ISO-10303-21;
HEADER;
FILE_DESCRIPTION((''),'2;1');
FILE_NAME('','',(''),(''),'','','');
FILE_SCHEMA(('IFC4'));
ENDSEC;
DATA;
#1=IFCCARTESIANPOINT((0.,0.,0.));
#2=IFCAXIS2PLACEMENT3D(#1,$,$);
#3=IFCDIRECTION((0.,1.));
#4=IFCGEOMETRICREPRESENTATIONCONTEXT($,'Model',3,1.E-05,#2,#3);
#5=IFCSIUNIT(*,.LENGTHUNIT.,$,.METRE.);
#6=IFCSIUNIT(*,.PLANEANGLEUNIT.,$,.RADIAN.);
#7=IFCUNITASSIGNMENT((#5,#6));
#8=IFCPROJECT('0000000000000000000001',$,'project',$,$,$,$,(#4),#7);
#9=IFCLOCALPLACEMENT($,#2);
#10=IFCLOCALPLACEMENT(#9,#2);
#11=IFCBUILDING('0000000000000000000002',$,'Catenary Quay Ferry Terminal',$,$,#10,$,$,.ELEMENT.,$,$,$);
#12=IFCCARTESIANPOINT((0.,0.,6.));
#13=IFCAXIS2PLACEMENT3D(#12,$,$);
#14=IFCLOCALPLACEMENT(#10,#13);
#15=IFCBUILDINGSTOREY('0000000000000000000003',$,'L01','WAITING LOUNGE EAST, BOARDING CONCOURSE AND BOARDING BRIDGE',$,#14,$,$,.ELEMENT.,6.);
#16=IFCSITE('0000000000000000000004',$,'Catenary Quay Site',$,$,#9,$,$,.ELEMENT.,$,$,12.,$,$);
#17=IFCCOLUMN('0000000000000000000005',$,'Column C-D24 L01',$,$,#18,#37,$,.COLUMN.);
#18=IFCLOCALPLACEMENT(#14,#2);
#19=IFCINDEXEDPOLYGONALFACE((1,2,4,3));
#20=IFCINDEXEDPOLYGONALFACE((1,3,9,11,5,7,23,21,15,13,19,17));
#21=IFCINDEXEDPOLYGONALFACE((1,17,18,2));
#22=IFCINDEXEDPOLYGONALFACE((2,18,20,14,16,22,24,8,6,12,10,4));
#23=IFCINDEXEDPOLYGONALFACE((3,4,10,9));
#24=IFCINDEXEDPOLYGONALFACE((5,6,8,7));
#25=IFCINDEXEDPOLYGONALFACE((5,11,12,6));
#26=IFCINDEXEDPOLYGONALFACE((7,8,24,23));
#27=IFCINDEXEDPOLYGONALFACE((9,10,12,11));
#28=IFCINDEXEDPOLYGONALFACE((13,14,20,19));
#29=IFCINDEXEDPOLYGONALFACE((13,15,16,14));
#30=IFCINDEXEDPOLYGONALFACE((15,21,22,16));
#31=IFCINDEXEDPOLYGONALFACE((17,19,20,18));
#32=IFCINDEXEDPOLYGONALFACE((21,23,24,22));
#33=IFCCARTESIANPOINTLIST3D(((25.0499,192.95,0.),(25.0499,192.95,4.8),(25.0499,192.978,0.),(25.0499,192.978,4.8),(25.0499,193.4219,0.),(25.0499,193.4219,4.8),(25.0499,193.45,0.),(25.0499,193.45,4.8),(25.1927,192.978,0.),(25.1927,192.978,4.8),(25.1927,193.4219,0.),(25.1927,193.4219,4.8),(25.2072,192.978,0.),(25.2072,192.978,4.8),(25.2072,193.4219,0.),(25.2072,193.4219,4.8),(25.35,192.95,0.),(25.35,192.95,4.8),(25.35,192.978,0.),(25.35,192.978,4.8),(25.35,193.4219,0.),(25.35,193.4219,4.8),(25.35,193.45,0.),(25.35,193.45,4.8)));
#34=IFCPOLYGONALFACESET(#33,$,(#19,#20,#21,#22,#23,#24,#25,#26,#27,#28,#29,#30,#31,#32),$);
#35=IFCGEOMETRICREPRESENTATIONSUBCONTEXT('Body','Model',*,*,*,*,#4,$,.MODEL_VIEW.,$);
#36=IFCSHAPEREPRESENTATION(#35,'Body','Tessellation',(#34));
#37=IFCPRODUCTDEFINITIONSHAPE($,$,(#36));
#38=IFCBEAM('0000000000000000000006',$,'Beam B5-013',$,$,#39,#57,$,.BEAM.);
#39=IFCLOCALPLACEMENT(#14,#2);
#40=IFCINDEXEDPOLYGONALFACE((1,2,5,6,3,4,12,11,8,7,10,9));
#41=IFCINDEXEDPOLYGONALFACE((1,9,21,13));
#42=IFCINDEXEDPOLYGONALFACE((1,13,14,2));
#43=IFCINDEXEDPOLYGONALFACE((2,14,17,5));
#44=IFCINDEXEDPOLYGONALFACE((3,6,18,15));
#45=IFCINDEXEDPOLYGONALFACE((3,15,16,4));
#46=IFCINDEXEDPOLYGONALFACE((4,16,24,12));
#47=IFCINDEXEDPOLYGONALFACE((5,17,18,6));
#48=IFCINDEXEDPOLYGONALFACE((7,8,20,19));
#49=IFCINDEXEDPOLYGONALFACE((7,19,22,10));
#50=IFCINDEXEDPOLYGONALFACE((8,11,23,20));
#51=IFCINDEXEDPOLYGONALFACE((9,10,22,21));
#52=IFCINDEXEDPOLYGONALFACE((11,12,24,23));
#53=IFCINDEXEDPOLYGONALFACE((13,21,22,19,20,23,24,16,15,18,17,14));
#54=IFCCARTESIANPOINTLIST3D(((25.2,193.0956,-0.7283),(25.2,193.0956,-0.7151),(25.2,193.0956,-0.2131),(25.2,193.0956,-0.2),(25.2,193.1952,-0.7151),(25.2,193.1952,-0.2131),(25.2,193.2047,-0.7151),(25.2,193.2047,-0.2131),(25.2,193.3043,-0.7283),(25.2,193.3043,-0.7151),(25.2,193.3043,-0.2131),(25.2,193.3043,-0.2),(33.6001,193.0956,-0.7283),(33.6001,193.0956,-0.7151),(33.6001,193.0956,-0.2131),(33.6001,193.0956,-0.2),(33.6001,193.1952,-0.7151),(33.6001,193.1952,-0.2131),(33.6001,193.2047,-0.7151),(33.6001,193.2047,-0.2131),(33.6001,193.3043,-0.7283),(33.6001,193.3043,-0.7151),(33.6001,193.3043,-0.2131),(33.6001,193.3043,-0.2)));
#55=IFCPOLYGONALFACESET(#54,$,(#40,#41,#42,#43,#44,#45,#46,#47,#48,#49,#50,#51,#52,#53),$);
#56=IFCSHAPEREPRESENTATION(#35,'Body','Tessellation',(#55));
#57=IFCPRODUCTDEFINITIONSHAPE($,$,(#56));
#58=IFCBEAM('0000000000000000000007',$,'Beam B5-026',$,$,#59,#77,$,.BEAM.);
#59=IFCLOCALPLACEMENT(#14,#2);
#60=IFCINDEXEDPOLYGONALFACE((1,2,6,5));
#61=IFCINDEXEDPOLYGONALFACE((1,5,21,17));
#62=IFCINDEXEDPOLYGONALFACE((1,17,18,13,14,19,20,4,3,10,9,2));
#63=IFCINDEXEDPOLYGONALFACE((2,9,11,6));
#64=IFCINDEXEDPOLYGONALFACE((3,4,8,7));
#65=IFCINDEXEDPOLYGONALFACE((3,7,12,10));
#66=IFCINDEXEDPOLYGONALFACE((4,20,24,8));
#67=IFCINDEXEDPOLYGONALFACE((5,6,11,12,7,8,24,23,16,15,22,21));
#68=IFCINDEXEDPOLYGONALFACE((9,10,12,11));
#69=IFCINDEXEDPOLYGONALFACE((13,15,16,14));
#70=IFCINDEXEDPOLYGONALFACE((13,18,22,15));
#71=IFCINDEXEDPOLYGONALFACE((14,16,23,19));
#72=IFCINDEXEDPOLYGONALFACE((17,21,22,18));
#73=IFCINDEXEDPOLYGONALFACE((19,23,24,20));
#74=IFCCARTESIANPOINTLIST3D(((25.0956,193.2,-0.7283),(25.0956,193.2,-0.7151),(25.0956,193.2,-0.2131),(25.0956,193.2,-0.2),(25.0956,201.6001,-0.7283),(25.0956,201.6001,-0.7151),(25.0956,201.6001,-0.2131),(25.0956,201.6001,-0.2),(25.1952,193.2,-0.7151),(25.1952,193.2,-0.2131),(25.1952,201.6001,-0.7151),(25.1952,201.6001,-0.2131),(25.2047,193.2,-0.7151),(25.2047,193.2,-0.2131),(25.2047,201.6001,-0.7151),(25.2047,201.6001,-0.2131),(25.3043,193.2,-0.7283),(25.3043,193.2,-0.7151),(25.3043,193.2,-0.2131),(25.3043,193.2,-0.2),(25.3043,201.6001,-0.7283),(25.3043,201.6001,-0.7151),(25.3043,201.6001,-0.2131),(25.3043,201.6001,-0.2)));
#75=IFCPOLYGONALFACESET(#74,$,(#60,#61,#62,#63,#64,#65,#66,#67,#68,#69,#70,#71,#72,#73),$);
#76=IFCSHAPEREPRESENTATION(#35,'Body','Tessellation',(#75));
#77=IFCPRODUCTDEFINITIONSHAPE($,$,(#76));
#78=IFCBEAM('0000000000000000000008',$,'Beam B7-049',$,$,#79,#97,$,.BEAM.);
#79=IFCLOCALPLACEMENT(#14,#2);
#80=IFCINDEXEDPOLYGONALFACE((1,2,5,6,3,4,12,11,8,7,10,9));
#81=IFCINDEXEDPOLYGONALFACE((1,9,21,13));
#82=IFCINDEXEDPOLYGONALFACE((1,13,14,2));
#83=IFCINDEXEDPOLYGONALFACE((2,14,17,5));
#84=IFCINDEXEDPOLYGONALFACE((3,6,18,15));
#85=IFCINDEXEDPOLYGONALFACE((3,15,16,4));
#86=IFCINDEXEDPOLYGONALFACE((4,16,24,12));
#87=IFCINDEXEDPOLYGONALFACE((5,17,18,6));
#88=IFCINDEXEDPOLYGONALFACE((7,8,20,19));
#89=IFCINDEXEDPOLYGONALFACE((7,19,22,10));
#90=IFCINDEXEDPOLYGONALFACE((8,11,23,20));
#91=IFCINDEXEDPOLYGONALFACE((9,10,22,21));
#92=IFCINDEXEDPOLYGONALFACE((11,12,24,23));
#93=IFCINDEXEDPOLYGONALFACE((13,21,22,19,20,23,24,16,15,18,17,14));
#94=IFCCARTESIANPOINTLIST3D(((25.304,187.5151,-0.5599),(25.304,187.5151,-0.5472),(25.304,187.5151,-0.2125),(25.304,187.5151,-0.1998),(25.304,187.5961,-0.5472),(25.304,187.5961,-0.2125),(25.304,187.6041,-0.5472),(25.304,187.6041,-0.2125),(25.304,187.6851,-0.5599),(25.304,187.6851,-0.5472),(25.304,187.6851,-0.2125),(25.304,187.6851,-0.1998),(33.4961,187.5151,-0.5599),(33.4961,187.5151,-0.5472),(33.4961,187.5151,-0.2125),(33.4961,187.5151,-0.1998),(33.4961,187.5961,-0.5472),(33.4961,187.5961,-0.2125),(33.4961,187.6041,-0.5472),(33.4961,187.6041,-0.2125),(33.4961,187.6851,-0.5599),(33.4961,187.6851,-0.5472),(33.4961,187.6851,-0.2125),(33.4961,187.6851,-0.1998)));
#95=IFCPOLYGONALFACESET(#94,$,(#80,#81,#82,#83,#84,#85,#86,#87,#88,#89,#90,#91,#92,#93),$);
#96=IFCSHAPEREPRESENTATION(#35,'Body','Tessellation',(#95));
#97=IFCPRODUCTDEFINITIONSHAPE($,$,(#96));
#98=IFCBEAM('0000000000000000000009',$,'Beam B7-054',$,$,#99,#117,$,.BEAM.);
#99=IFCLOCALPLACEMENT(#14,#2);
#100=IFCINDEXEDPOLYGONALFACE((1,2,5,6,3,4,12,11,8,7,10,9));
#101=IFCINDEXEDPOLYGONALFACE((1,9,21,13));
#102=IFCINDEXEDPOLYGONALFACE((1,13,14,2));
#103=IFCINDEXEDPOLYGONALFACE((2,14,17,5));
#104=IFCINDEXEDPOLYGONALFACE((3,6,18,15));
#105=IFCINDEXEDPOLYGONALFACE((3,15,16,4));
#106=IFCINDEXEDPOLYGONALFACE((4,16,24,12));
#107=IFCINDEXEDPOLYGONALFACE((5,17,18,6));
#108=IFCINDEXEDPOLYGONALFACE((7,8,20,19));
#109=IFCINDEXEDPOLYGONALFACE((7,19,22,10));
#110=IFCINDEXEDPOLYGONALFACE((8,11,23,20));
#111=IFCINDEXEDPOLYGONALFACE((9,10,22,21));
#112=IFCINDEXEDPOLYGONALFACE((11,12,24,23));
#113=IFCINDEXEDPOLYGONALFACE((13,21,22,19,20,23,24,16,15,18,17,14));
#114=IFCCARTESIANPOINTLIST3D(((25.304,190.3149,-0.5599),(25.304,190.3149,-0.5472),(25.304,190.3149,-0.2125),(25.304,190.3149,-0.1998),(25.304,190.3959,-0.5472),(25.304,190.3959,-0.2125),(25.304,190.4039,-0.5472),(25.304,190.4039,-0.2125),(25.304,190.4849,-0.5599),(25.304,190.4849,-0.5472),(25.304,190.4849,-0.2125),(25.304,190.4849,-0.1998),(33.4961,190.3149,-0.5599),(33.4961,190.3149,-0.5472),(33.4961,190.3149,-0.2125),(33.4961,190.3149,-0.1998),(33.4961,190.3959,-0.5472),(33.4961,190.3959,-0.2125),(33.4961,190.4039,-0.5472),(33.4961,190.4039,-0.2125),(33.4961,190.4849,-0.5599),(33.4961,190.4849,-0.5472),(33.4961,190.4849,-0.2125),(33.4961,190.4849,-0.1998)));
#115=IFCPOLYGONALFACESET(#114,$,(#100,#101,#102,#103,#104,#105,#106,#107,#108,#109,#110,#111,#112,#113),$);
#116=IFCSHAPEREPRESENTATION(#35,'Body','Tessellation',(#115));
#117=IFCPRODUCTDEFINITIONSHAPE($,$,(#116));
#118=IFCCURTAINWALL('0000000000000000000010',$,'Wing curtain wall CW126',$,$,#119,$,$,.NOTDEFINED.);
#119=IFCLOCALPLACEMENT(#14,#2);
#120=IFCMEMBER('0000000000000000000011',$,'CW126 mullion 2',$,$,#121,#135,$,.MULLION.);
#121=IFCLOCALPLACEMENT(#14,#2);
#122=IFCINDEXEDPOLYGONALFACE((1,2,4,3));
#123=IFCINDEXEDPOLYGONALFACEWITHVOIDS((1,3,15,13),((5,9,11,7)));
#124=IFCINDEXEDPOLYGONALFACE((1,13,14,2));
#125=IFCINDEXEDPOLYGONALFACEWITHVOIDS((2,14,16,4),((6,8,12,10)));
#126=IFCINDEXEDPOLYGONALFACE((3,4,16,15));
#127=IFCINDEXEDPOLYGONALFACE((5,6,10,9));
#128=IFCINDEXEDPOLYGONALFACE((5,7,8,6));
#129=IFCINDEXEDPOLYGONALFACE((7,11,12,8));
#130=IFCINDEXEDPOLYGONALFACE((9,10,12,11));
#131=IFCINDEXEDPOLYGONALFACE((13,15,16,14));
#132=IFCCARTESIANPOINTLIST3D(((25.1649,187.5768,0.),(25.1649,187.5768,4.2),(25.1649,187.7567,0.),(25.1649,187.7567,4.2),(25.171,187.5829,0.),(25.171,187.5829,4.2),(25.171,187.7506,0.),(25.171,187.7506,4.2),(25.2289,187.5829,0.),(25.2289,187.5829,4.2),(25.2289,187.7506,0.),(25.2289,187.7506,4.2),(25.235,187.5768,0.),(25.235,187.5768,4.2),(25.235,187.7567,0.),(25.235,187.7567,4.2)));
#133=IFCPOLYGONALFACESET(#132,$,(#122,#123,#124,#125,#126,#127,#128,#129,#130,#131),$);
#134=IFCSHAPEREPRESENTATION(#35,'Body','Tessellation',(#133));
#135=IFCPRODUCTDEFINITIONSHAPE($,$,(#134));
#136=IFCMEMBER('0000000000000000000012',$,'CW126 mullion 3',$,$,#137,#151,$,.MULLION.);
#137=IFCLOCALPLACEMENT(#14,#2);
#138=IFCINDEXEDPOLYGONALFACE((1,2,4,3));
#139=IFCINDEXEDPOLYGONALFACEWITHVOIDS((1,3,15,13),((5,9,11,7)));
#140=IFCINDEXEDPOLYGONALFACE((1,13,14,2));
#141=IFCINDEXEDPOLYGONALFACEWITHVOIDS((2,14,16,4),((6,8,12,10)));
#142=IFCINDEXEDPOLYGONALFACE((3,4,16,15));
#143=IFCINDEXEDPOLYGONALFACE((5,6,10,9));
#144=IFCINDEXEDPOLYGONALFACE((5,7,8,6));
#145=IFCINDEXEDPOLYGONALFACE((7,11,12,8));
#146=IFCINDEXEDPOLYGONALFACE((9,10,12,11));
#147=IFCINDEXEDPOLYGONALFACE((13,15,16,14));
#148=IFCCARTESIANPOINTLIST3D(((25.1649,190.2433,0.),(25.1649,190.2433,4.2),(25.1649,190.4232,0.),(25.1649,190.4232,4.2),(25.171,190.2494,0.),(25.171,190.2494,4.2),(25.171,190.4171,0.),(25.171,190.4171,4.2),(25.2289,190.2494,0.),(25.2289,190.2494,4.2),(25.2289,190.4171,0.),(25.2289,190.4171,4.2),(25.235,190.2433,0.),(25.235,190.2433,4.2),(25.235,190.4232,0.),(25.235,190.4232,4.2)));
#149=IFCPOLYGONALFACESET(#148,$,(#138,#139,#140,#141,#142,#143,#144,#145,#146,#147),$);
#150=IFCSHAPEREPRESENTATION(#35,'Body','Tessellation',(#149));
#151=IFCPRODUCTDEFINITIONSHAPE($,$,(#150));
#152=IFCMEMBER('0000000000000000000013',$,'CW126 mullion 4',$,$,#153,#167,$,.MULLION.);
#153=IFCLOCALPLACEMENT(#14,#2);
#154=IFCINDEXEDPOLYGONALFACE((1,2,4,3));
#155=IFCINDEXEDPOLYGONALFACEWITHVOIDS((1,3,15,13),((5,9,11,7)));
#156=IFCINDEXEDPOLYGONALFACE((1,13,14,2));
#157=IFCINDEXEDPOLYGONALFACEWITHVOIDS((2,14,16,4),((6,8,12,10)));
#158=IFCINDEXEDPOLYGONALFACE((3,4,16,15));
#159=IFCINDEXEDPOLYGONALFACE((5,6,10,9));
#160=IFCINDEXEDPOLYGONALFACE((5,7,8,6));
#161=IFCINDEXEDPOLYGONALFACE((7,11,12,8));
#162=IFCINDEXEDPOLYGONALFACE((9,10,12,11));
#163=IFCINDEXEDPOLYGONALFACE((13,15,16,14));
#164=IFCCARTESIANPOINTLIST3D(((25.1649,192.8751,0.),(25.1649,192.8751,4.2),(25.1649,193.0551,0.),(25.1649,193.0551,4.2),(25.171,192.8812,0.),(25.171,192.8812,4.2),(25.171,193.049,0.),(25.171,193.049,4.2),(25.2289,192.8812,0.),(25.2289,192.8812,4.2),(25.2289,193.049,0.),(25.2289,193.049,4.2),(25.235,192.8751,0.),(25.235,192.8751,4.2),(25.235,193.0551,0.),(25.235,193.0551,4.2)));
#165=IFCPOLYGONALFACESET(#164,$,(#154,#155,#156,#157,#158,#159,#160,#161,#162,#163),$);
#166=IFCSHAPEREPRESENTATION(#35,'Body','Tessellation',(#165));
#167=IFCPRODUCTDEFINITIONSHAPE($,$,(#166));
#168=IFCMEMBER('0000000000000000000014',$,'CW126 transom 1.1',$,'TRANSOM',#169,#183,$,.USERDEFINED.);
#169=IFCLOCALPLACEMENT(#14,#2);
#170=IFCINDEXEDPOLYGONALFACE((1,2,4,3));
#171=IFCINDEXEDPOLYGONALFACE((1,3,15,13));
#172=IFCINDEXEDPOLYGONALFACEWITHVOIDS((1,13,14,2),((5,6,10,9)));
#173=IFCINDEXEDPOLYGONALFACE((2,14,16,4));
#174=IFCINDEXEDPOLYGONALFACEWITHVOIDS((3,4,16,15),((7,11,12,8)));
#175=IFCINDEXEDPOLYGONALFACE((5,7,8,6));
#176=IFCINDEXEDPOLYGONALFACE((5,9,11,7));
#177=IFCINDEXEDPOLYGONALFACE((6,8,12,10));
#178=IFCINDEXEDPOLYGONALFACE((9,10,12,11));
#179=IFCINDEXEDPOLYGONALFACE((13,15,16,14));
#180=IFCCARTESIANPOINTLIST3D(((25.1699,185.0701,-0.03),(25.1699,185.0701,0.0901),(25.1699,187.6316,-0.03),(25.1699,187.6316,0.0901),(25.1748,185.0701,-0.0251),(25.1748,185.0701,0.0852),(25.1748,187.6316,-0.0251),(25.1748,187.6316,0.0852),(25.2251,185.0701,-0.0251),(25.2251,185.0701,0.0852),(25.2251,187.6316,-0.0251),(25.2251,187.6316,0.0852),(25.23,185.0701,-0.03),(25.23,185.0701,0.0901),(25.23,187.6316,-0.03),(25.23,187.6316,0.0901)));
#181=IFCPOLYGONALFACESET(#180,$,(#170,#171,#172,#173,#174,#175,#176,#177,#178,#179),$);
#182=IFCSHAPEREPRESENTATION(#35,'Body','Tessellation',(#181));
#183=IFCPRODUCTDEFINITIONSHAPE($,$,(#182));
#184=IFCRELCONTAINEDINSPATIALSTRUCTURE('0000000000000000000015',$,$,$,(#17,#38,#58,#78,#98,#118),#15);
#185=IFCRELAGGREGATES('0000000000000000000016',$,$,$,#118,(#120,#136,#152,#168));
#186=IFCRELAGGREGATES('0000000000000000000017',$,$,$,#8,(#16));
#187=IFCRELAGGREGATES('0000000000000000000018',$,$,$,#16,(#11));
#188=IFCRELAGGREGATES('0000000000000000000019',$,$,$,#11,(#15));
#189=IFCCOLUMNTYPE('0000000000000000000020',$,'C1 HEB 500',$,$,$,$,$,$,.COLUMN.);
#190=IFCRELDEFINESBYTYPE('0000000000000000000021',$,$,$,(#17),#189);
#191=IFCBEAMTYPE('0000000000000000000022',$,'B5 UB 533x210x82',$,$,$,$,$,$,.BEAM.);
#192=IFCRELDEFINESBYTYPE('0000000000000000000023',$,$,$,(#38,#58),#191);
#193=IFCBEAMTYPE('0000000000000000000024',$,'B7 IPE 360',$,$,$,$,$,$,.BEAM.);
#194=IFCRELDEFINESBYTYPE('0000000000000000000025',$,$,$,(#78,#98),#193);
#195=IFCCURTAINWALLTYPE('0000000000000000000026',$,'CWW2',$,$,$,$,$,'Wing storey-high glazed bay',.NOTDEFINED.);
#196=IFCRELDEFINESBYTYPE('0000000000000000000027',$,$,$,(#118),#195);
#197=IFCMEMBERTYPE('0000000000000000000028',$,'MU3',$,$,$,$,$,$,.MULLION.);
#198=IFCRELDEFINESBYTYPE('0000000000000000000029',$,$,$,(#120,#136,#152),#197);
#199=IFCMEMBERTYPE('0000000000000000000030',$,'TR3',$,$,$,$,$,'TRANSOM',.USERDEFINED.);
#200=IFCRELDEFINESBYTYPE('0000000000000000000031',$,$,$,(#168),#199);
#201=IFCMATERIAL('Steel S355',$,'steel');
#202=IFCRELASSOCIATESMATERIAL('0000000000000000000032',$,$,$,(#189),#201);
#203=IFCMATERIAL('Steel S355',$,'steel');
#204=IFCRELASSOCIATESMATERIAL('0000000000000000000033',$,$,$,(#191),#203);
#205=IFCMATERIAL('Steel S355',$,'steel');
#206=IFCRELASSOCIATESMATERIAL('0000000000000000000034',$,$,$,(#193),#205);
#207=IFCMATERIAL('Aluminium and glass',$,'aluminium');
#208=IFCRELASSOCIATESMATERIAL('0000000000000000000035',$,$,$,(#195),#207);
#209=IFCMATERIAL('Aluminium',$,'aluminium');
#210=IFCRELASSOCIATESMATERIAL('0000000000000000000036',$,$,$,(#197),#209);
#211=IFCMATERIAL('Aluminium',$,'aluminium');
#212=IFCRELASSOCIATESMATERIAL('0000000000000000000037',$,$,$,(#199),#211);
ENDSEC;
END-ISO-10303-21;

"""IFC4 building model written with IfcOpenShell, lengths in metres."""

from ifc_helpers import new_model, si_unit, direction, frame, origin, origin_2d, place, context, subcontext, project, spatial, hollow_rectangle, i_section, extrude, material, material_profile, profile_set, type_object, element, aggregate, save


model = new_model("IFC4")

# Units and contexts
model_context = context("Model", 3, precision=1e-05, world=origin(), true_north=direction((0.0, 1.0)))
body_context = subcontext(model_context, "Body", "Model", "MODEL_VIEW")
ifc_project = project(units=[si_unit("LENGTHUNIT", "METRE"), si_unit("PLANEANGLEUNIT", "RADIAN")], contexts=[model_context])

# Site, building, storey
site_placement = place(None, origin())
site = spatial("IfcSite", under=ifc_project, at=site_placement, Name="Catenary Quay Site", CompositionType="ELEMENT", RefElevation=12.0)
building_placement = place(site_placement, origin())
building = spatial("IfcBuilding", under=site, at=building_placement, Name="Catenary Quay Ferry Terminal", CompositionType="ELEMENT")
storey_placement = place(building_placement, frame((0.0, 0.0, 6.0)))
storey = spatial("IfcBuildingStorey", under=building, at=storey_placement, Name="L01", Description="WAITING LOUNGE EAST, BOARDING CONCOURSE AND BOARDING BRIDGE", CompositionType="ELEMENT", Elevation=6.0)

# Column
ifc_material_1 = material(Name="Steel S355", Category="steel")
ifc_material_profile_1 = material_profile(ifc_material_1, i_section(OverallWidth=0.3, OverallDepth=0.5, WebThickness=0.0144, FlangeThickness=0.0281, at=origin_2d()), Name="HEB 500")
ifc_profile_set_1 = profile_set([ifc_material_profile_1], Name="Steel S355")
column_type = type_object("IfcColumnType", Name="C1 HEB 500", PredefinedType="COLUMN", material=ifc_profile_set_1)
column_placement = place(storey_placement, frame((25.2, 193.2, 0.0), z_axis=(0.0, 0.0, 1.0), x_axis=(1.0, 0.0, 0.0)))
element("IfcColumn", 1, at=column_placement, inside=storey, type_object=column_type, Name="Column C-D24 L01", PredefinedType="COLUMN", context=body_context, shape_type="SweptSolid", body=[
    extrude(i_section(OverallWidth=0.3, OverallDepth=0.5, WebThickness=0.0144, FlangeThickness=0.0281, at=origin_2d()), origin(), (0.0, 0.0, 1.0), 4.8),
])

# Beams
ifc_material_2 = material(Name="Steel S355", Category="steel")
ifc_material_profile_2 = material_profile(ifc_material_2, i_section(OverallWidth=0.2087, OverallDepth=0.5283, WebThickness=0.0095, FlangeThickness=0.0132, at=origin_2d()), Name="UB 533x210x82")
ifc_profile_set_2 = profile_set([ifc_material_profile_2], Name="Steel S355")
beam_type_1 = type_object("IfcBeamType", Name="B5 UB 533x210x82", PredefinedType="BEAM", material=ifc_profile_set_2)
for number, where, z_axis, x_axis, name in (
    (2, (25.2, 193.2, -0.4641), (1.0, 0.0, 0.0), (0.0, 1.0, 0.0), "Beam B5-013"),
    (3, (25.2, 193.2, -0.4641), (0.0, 1.0, 0.0), (-1.0, 0.0, 0.0), "Beam B5-026"),
):
    element("IfcBeam", number, at=place(storey_placement, frame(where, z_axis=z_axis, x_axis=x_axis)), inside=storey, type_object=beam_type_1, Name=name, PredefinedType="BEAM", context=body_context, shape_type="SweptSolid", body=[
        extrude(i_section(OverallWidth=0.2087, OverallDepth=0.5283, WebThickness=0.0095, FlangeThickness=0.0132, at=origin_2d()), origin(), (0.0, 0.0, 1.0), 8.4001),
    ])
ifc_material_3 = material(Name="Steel S355", Category="steel")
ifc_material_profile_3 = material_profile(ifc_material_3, i_section(OverallWidth=0.1699, OverallDepth=0.3601, WebThickness=0.0081, FlangeThickness=0.0127, at=origin_2d()), Name="IPE 360")
ifc_profile_set_3 = profile_set([ifc_material_profile_3], Name="Steel S355")
beam_type_2 = type_object("IfcBeamType", Name="B7 IPE 360", PredefinedType="BEAM", material=ifc_profile_set_3)
for number, where, z_axis, x_axis, name in (
    (4, (25.304, 187.6001, -0.3799), (1.0, 0.0, 0.0), (0.0, 1.0, 0.0), "Beam B7-049"),
    (5, (25.304, 190.3999, -0.3799), (1.0, 0.0, 0.0), (0.0, 1.0, 0.0), "Beam B7-054"),
):
    element("IfcBeam", number, at=place(storey_placement, frame(where, z_axis=z_axis, x_axis=x_axis)), inside=storey, type_object=beam_type_2, Name=name, PredefinedType="BEAM", context=body_context, shape_type="SweptSolid", body=[
        extrude(i_section(OverallWidth=0.1699, OverallDepth=0.3601, WebThickness=0.0081, FlangeThickness=0.0127, at=origin_2d()), origin(), (0.0, 0.0, 1.0), 8.1921),
    ])

# Curtain wall, members
ifc_material_4 = material(Name="Aluminium and glass", Category="aluminium")
curtain_wall_type = type_object("IfcCurtainWallType", Name="CWW2", ElementType="Wing storey-high glazed bay", PredefinedType="NOTDEFINED", material=ifc_material_4)
curtain_wall_placement = place(storey_placement, origin())
curtain_wall = element("IfcCurtainWall", 6, at=curtain_wall_placement, inside=storey, type_object=curtain_wall_type, Name="Wing curtain wall CW126", PredefinedType="NOTDEFINED")
ifc_material_5 = material(Name="Aluminium", Category="aluminium")
ifc_material_profile_4 = material_profile(ifc_material_5, hollow_rectangle(XDim=0.0701, YDim=0.1799, WallThickness=0.0061, at=origin_2d()), Name="MU3")
ifc_profile_set_4 = profile_set([ifc_material_profile_4], Name="Aluminium")
member_type_1 = type_object("IfcMemberType", Name="MU3", PredefinedType="MULLION", material=ifc_profile_set_4)
member_1_placement = place(storey_placement, frame((25.2, 187.6667, 0.0), z_axis=(0.0, 0.0, 1.0), x_axis=(-1.0, 0.0, 0.0)))
member_1 = element("IfcMember", 7, at=member_1_placement, type_object=member_type_1, Name="CW126 mullion 2", PredefinedType="MULLION", context=body_context, shape_type="SweptSolid", body=[
    extrude(hollow_rectangle(XDim=0.0701, YDim=0.1799, WallThickness=0.0061, at=origin_2d()), origin(), (0.0, 0.0, 1.0), 4.2),
])
member_2_placement = place(storey_placement, frame((25.2, 190.3333, 0.0), z_axis=(0.0, 0.0, 1.0), x_axis=(-1.0, 0.0, 0.0)))
member_2 = element("IfcMember", 8, at=member_2_placement, type_object=member_type_1, Name="CW126 mullion 3", PredefinedType="MULLION", context=body_context, shape_type="SweptSolid", body=[
    extrude(hollow_rectangle(XDim=0.0701, YDim=0.1799, WallThickness=0.0061, at=origin_2d()), origin(), (0.0, 0.0, 1.0), 4.2),
])
member_3_placement = place(storey_placement, frame((25.2, 192.9651, 0.0), z_axis=(0.0, 0.0, 1.0), x_axis=(-1.0, 0.0, 0.0)))
member_3 = element("IfcMember", 9, at=member_3_placement, type_object=member_type_1, Name="CW126 mullion 4", PredefinedType="MULLION", context=body_context, shape_type="SweptSolid", body=[
    extrude(hollow_rectangle(XDim=0.0701, YDim=0.1799, WallThickness=0.0061, at=origin_2d()), origin(), (0.0, 0.0, 1.0), 4.2),
])
ifc_material_6 = material(Name="Aluminium", Category="aluminium")
ifc_material_profile_5 = material_profile(ifc_material_6, hollow_rectangle(XDim=0.0601, YDim=0.1201, WallThickness=0.0049, at=origin_2d()), Name="TR3")
ifc_profile_set_5 = profile_set([ifc_material_profile_5], Name="Aluminium")
member_type_2 = type_object("IfcMemberType", Name="TR3", ElementType="TRANSOM", PredefinedType="USERDEFINED", material=ifc_profile_set_5)
member_4_placement = place(storey_placement, frame((25.2, 185.0701, 0.03), z_axis=(0.0, 1.0, 0.0), x_axis=(-1.0, 0.0, 0.0)))
member_4 = element("IfcMember", 10, at=member_4_placement, type_object=member_type_2, Name="CW126 transom 1.1", ObjectType="TRANSOM", PredefinedType="USERDEFINED", context=body_context, shape_type="SweptSolid", body=[
    extrude(hollow_rectangle(XDim=0.0601, YDim=0.1201, WallThickness=0.0049, at=origin_2d()), origin(), (0.0, 0.0, 1.0), 2.5615),
])
aggregate(curtain_wall, [member_1, member_2, member_3, member_4])

save(model, "model.ifc")
